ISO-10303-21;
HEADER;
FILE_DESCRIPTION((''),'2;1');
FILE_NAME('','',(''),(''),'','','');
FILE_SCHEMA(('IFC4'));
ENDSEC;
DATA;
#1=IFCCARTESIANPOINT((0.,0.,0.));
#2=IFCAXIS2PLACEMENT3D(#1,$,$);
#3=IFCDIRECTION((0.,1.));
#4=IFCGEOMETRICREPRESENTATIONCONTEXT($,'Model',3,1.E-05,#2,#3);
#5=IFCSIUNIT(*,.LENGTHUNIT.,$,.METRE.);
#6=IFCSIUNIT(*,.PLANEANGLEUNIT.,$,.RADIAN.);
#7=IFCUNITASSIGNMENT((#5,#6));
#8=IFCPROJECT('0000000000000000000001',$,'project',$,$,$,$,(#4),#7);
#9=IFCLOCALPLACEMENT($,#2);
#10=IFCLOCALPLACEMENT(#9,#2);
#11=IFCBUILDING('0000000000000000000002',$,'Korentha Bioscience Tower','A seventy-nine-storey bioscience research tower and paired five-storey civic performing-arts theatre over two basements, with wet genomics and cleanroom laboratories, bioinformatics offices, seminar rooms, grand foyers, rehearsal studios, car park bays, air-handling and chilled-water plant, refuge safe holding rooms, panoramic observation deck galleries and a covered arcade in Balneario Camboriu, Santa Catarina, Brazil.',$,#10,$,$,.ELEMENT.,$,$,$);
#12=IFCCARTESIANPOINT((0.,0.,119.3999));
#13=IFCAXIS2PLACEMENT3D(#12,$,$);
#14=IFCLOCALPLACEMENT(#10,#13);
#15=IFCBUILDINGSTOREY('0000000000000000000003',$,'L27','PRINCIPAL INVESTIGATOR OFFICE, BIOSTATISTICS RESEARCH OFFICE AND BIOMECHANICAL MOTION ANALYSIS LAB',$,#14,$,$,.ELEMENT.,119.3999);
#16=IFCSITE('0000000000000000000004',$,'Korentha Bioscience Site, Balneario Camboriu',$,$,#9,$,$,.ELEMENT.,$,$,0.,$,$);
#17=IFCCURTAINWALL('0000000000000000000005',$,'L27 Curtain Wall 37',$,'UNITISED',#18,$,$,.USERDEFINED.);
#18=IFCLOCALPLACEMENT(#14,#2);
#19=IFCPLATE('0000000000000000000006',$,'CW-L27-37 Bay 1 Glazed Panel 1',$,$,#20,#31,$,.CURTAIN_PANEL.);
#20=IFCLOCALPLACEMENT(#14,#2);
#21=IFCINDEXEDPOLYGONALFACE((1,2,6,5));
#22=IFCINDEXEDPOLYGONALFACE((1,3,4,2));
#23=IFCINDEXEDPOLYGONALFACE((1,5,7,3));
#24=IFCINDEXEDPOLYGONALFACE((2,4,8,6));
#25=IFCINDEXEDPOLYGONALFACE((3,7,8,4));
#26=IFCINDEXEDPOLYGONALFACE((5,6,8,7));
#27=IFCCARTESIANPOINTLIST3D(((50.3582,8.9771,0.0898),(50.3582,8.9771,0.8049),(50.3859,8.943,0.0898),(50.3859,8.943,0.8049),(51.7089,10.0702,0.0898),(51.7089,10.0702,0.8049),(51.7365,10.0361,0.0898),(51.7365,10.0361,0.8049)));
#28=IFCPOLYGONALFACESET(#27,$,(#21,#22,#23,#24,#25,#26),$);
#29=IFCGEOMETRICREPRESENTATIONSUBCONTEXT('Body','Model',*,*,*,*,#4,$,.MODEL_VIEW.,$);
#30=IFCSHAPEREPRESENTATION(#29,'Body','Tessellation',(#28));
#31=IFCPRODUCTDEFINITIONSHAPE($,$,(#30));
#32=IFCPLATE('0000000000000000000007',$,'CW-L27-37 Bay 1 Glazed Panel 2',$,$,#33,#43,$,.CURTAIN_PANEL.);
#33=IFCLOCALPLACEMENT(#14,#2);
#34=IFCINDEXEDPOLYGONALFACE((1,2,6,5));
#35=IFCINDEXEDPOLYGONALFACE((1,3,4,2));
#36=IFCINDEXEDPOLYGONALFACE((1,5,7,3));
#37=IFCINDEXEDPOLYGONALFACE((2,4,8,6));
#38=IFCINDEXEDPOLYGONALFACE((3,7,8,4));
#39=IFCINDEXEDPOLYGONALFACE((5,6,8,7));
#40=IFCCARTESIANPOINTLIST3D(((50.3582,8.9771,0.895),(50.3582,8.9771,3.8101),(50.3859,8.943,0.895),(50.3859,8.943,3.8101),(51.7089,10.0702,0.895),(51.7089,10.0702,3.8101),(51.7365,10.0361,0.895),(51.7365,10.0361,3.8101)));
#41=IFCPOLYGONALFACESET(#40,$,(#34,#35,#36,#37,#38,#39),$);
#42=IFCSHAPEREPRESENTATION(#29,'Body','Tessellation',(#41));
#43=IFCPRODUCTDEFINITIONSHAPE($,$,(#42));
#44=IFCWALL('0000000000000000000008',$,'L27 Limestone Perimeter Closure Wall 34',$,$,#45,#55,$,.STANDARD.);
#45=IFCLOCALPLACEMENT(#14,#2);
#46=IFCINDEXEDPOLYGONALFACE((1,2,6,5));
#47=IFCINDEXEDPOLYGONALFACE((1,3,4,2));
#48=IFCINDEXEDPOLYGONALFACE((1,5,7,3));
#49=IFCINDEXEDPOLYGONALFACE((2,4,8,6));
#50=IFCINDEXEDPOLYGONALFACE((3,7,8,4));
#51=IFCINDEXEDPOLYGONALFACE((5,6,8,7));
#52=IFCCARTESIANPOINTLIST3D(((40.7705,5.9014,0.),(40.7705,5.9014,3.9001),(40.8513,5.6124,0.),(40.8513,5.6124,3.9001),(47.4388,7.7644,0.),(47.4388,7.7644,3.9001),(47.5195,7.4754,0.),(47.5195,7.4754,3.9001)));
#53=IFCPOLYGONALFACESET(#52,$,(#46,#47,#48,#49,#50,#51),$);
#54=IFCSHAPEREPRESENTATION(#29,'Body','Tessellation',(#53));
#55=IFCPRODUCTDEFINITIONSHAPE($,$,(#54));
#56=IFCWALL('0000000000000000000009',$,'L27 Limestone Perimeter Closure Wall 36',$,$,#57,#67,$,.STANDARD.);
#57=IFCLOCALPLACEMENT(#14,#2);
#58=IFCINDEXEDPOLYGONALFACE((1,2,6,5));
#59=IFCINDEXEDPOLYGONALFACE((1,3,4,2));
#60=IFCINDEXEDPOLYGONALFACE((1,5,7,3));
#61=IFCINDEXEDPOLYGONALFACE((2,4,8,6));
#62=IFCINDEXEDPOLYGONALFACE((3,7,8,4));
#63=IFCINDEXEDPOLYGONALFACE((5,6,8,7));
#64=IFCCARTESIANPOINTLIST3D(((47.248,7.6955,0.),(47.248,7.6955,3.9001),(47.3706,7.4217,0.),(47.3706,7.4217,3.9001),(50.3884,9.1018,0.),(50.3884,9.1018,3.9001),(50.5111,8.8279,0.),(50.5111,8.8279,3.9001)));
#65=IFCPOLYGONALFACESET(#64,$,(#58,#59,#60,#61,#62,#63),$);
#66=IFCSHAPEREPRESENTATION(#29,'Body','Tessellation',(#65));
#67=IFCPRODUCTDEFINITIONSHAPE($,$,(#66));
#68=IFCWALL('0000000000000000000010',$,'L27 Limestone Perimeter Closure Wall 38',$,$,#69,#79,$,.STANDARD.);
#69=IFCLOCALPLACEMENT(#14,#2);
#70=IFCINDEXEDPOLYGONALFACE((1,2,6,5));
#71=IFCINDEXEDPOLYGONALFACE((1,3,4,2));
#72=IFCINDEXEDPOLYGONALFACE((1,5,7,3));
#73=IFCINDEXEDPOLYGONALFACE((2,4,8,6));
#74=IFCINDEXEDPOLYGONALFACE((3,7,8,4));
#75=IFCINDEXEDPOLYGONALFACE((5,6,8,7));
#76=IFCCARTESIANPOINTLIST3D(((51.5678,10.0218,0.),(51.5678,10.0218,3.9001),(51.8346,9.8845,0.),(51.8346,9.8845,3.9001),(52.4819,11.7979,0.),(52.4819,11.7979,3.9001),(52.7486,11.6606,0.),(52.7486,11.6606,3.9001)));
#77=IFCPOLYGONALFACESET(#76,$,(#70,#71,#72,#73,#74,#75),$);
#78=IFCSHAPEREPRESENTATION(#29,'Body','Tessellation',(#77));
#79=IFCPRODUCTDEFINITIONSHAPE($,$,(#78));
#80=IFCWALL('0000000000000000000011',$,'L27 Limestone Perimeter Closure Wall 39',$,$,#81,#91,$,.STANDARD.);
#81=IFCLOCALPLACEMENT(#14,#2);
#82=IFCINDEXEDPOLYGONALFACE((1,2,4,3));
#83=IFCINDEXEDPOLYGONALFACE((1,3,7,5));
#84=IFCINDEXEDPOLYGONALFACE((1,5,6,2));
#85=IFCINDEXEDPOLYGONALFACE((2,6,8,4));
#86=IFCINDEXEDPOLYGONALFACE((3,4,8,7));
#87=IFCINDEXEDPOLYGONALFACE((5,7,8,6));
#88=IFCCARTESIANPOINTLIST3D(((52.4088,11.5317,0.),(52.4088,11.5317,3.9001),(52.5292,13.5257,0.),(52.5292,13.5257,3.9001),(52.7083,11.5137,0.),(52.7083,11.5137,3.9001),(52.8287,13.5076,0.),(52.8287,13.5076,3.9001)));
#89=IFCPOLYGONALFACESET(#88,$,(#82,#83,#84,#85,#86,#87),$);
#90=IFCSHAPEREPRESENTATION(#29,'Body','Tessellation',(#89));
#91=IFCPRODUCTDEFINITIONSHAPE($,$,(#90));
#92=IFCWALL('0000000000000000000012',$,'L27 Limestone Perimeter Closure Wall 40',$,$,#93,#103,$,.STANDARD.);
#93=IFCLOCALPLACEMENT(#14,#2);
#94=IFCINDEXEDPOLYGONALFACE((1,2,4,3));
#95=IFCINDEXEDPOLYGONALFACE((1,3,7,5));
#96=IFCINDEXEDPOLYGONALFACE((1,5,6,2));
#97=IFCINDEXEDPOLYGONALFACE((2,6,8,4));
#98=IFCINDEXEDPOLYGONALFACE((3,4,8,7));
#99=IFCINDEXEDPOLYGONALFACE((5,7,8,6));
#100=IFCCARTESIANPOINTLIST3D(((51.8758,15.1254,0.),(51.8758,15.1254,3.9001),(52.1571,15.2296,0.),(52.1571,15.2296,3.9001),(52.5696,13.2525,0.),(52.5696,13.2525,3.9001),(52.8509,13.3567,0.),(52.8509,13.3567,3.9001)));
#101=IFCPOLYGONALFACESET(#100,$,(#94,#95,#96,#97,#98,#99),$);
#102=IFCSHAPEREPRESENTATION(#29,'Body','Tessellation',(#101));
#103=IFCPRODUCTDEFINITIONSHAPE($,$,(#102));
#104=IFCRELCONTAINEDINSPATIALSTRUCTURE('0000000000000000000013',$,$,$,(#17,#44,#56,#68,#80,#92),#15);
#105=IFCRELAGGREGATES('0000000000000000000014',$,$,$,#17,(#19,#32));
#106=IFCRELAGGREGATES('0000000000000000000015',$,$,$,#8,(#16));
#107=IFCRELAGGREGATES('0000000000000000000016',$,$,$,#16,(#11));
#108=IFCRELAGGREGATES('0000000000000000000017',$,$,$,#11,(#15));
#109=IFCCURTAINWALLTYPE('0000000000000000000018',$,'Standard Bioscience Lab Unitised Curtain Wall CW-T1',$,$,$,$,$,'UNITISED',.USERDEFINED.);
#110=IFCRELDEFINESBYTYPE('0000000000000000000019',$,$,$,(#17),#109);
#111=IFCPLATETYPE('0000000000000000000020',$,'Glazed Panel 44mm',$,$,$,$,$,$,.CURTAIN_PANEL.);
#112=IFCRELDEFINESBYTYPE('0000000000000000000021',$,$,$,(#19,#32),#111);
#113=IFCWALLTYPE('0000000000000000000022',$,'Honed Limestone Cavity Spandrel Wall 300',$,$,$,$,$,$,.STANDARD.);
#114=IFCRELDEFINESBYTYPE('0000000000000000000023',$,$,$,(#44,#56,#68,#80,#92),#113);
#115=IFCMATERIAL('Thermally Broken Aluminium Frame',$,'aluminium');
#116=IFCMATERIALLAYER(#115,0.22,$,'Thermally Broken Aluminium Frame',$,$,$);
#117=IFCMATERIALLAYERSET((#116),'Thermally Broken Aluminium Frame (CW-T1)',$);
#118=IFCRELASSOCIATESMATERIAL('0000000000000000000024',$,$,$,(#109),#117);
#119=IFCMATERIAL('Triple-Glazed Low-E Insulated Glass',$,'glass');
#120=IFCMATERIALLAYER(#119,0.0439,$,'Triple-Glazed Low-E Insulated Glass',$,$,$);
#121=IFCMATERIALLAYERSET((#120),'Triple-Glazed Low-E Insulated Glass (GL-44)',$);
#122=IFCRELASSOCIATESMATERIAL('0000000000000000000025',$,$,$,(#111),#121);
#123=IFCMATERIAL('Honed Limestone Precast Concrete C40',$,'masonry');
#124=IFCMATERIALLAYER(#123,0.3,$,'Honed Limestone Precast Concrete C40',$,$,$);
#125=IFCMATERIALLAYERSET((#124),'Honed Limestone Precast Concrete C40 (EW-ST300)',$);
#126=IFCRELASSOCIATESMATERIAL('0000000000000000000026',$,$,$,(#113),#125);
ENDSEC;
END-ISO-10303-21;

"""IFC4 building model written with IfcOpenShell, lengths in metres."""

from ifc_helpers import new_model, si_unit, direction, frame, frame_2d, origin, origin_2d, place, context, subcontext, project, spatial, rectangle, extrude, material, layer, layer_set, type_object, element, aggregate, save


model = new_model("IFC4")

# Units and contexts
model_context = context("Model", 3, precision=1e-05, world=origin(), true_north=direction((0.0, 1.0)))
body_context = subcontext(model_context, "Body", "Model", "MODEL_VIEW")
ifc_project = project(units=[si_unit("LENGTHUNIT", "METRE"), si_unit("PLANEANGLEUNIT", "RADIAN")], contexts=[model_context])

# Site, building, storey
site_placement = place(None, origin())
site = spatial("IfcSite", under=ifc_project, at=site_placement, Name="Korentha Bioscience Site, Balneario Camboriu", CompositionType="ELEMENT", RefElevation=0.0)
building_placement = place(site_placement, origin())
building = spatial("IfcBuilding", under=site, at=building_placement, Name="Korentha Bioscience Tower", Description="A seventy-nine-storey bioscience research tower and paired five-storey civic performing-arts theatre over two basements, with wet genomics and cleanroom laboratories, bioinformatics offices, seminar rooms, grand foyers, rehearsal studios, car park bays, air-handling and chilled-water plant, refuge safe holding rooms, panoramic observation deck galleries and a covered arcade in Balneario Camboriu, Santa Catarina, Brazil.", CompositionType="ELEMENT")
storey_placement = place(building_placement, frame((0.0, 0.0, 119.3999)))
storey = spatial("IfcBuildingStorey", under=building, at=storey_placement, Name="L27", Description="PRINCIPAL INVESTIGATOR OFFICE, BIOSTATISTICS RESEARCH OFFICE AND BIOMECHANICAL MOTION ANALYSIS LAB", CompositionType="ELEMENT", Elevation=119.3999)

# Curtain wall
ifc_material_1 = material(Name="Thermally Broken Aluminium Frame", Category="aluminium")
ifc_layer_1 = layer(ifc_material_1, 0.22, Name="Thermally Broken Aluminium Frame")
ifc_layer_set_1 = layer_set([ifc_layer_1], Name="Thermally Broken Aluminium Frame (CW-T1)")
curtain_wall_type = type_object("IfcCurtainWallType", Name="Standard Bioscience Lab Unitised Curtain Wall CW-T1", ElementType="UNITISED", PredefinedType="USERDEFINED", material=ifc_layer_set_1)
curtain_wall_placement = place(storey_placement, origin())
curtain_wall = element("IfcCurtainWall", 1, at=curtain_wall_placement, inside=storey, type_object=curtain_wall_type, Name="L27 Curtain Wall 37", ObjectType="UNITISED", PredefinedType="USERDEFINED")

# Plates
ifc_material_2 = material(Name="Triple-Glazed Low-E Insulated Glass", Category="glass")
ifc_layer_2 = layer(ifc_material_2, 0.0439, Name="Triple-Glazed Low-E Insulated Glass")
ifc_layer_set_2 = layer_set([ifc_layer_2], Name="Triple-Glazed Low-E Insulated Glass (GL-44)")
plate_type = type_object("IfcPlateType", Name="Glazed Panel 44mm", PredefinedType="CURTAIN_PANEL", material=ifc_layer_set_2)
plate_1_placement = place(storey_placement, frame((51.0474, 9.5066, 0.0898), z_axis=(0.0, 0.0, 1.0), x_axis=(0.777315, 0.629111, 0.0)))
plate_1 = element("IfcPlate", 2, at=plate_1_placement, type_object=plate_type, Name="CW-L27-37 Bay 1 Glazed Panel 1", PredefinedType="CURTAIN_PANEL", context=body_context, shape_type="SweptSolid", body=[
    extrude(rectangle(XDim=1.7375, YDim=0.0439, at=origin_2d()), origin(), (0.0, 0.0, 1.0), 0.7151),
])
plate_2_placement = place(storey_placement, frame((51.0474, 9.5066, 0.895), z_axis=(0.0, 0.0, 1.0), x_axis=(0.777315, 0.629111, 0.0)))
plate_2 = element("IfcPlate", 3, at=plate_2_placement, type_object=plate_type, Name="CW-L27-37 Bay 1 Glazed Panel 2", PredefinedType="CURTAIN_PANEL", context=body_context, shape_type="SweptSolid", body=[
    extrude(rectangle(XDim=1.7375, YDim=0.0439, at=origin_2d()), origin(), (0.0, 0.0, 1.0), 2.915),
])
aggregate(curtain_wall, [plate_1, plate_2])

# Walls
ifc_material_3 = material(Name="Honed Limestone Precast Concrete C40", Category="masonry")
ifc_layer_3 = layer(ifc_material_3, 0.3, Name="Honed Limestone Precast Concrete C40")
ifc_layer_set_3 = layer_set([ifc_layer_3], Name="Honed Limestone Precast Concrete C40 (EW-ST300)")
wall_type = type_object("IfcWallType", Name="Honed Limestone Cavity Spandrel Wall 300", PredefinedType="STANDARD", material=ifc_layer_set_3)
wall_1_placement = place(storey_placement, frame((40.8108, 5.7568, 0.0), z_axis=(0.0, 0.0, 1.0), x_axis=(0.963116, 0.269086, 0.0)))
element("IfcWall", 4, at=wall_1_placement, inside=storey, type_object=wall_type, Name="L27 Limestone Perimeter Closure Wall 34", PredefinedType="STANDARD", context=body_context, shape_type="SweptSolid", body=[
    extrude(rectangle(XDim=6.9236, YDim=0.3, at=frame_2d((3.4619, 0.0))), origin(), (0.0, 0.0, 1.0), 3.9001),
])
wall_2_placement = place(storey_placement, frame((47.3093, 7.5586, 0.0), z_axis=(0.0, 0.0, 1.0), x_axis=(0.912673, 0.408691, 0.0)))
element("IfcWall", 5, at=wall_2_placement, inside=storey, type_object=wall_type, Name="L27 Limestone Perimeter Closure Wall 36", PredefinedType="STANDARD", context=body_context, shape_type="SweptSolid", body=[
    extrude(rectangle(XDim=3.4409, YDim=0.3, at=frame_2d((1.7205, 0.0))), origin(), (0.0, 0.0, 1.0), 3.9001),
])
for number, where, z_axis, x_axis, name in (
    (6, (51.7012, 9.9531, 0.0), (0.0, 0.0, 1.0), (0.457597, 0.88916, 0.0), "L27 Limestone Perimeter Closure Wall 38"),
    (7, (52.5586, 11.5227, 0.0), (0.0, 0.0, 1.0), (0.060255, 0.998183, 0.0), "L27 Limestone Perimeter Closure Wall 39"),
):
    element("IfcWall", number, at=place(storey_placement, frame(where, z_axis=z_axis, x_axis=x_axis)), inside=storey, type_object=wall_type, Name=name, PredefinedType="STANDARD", context=body_context, shape_type="SweptSolid", body=[
        extrude(rectangle(XDim=1.9976, YDim=0.3, at=frame_2d((0.9988, 0.0))), origin(), (0.0, 0.0, 1.0), 3.9001),
    ])
wall_3_placement = place(storey_placement, frame((52.7102, 13.3047, 0.0), z_axis=(0.0, 0.0, 1.0), x_axis=(-0.34737, 0.937728, 0.0)))
element("IfcWall", 8, at=wall_3_placement, inside=storey, type_object=wall_type, Name="L27 Limestone Perimeter Closure Wall 40", PredefinedType="STANDARD", context=body_context, shape_type="SweptSolid", body=[
    extrude(rectangle(XDim=1.9973, YDim=0.3, at=frame_2d((0.9985, 0.0))), origin(), (0.0, 0.0, 1.0), 3.9001),
])

save(model, "model.ifc")
